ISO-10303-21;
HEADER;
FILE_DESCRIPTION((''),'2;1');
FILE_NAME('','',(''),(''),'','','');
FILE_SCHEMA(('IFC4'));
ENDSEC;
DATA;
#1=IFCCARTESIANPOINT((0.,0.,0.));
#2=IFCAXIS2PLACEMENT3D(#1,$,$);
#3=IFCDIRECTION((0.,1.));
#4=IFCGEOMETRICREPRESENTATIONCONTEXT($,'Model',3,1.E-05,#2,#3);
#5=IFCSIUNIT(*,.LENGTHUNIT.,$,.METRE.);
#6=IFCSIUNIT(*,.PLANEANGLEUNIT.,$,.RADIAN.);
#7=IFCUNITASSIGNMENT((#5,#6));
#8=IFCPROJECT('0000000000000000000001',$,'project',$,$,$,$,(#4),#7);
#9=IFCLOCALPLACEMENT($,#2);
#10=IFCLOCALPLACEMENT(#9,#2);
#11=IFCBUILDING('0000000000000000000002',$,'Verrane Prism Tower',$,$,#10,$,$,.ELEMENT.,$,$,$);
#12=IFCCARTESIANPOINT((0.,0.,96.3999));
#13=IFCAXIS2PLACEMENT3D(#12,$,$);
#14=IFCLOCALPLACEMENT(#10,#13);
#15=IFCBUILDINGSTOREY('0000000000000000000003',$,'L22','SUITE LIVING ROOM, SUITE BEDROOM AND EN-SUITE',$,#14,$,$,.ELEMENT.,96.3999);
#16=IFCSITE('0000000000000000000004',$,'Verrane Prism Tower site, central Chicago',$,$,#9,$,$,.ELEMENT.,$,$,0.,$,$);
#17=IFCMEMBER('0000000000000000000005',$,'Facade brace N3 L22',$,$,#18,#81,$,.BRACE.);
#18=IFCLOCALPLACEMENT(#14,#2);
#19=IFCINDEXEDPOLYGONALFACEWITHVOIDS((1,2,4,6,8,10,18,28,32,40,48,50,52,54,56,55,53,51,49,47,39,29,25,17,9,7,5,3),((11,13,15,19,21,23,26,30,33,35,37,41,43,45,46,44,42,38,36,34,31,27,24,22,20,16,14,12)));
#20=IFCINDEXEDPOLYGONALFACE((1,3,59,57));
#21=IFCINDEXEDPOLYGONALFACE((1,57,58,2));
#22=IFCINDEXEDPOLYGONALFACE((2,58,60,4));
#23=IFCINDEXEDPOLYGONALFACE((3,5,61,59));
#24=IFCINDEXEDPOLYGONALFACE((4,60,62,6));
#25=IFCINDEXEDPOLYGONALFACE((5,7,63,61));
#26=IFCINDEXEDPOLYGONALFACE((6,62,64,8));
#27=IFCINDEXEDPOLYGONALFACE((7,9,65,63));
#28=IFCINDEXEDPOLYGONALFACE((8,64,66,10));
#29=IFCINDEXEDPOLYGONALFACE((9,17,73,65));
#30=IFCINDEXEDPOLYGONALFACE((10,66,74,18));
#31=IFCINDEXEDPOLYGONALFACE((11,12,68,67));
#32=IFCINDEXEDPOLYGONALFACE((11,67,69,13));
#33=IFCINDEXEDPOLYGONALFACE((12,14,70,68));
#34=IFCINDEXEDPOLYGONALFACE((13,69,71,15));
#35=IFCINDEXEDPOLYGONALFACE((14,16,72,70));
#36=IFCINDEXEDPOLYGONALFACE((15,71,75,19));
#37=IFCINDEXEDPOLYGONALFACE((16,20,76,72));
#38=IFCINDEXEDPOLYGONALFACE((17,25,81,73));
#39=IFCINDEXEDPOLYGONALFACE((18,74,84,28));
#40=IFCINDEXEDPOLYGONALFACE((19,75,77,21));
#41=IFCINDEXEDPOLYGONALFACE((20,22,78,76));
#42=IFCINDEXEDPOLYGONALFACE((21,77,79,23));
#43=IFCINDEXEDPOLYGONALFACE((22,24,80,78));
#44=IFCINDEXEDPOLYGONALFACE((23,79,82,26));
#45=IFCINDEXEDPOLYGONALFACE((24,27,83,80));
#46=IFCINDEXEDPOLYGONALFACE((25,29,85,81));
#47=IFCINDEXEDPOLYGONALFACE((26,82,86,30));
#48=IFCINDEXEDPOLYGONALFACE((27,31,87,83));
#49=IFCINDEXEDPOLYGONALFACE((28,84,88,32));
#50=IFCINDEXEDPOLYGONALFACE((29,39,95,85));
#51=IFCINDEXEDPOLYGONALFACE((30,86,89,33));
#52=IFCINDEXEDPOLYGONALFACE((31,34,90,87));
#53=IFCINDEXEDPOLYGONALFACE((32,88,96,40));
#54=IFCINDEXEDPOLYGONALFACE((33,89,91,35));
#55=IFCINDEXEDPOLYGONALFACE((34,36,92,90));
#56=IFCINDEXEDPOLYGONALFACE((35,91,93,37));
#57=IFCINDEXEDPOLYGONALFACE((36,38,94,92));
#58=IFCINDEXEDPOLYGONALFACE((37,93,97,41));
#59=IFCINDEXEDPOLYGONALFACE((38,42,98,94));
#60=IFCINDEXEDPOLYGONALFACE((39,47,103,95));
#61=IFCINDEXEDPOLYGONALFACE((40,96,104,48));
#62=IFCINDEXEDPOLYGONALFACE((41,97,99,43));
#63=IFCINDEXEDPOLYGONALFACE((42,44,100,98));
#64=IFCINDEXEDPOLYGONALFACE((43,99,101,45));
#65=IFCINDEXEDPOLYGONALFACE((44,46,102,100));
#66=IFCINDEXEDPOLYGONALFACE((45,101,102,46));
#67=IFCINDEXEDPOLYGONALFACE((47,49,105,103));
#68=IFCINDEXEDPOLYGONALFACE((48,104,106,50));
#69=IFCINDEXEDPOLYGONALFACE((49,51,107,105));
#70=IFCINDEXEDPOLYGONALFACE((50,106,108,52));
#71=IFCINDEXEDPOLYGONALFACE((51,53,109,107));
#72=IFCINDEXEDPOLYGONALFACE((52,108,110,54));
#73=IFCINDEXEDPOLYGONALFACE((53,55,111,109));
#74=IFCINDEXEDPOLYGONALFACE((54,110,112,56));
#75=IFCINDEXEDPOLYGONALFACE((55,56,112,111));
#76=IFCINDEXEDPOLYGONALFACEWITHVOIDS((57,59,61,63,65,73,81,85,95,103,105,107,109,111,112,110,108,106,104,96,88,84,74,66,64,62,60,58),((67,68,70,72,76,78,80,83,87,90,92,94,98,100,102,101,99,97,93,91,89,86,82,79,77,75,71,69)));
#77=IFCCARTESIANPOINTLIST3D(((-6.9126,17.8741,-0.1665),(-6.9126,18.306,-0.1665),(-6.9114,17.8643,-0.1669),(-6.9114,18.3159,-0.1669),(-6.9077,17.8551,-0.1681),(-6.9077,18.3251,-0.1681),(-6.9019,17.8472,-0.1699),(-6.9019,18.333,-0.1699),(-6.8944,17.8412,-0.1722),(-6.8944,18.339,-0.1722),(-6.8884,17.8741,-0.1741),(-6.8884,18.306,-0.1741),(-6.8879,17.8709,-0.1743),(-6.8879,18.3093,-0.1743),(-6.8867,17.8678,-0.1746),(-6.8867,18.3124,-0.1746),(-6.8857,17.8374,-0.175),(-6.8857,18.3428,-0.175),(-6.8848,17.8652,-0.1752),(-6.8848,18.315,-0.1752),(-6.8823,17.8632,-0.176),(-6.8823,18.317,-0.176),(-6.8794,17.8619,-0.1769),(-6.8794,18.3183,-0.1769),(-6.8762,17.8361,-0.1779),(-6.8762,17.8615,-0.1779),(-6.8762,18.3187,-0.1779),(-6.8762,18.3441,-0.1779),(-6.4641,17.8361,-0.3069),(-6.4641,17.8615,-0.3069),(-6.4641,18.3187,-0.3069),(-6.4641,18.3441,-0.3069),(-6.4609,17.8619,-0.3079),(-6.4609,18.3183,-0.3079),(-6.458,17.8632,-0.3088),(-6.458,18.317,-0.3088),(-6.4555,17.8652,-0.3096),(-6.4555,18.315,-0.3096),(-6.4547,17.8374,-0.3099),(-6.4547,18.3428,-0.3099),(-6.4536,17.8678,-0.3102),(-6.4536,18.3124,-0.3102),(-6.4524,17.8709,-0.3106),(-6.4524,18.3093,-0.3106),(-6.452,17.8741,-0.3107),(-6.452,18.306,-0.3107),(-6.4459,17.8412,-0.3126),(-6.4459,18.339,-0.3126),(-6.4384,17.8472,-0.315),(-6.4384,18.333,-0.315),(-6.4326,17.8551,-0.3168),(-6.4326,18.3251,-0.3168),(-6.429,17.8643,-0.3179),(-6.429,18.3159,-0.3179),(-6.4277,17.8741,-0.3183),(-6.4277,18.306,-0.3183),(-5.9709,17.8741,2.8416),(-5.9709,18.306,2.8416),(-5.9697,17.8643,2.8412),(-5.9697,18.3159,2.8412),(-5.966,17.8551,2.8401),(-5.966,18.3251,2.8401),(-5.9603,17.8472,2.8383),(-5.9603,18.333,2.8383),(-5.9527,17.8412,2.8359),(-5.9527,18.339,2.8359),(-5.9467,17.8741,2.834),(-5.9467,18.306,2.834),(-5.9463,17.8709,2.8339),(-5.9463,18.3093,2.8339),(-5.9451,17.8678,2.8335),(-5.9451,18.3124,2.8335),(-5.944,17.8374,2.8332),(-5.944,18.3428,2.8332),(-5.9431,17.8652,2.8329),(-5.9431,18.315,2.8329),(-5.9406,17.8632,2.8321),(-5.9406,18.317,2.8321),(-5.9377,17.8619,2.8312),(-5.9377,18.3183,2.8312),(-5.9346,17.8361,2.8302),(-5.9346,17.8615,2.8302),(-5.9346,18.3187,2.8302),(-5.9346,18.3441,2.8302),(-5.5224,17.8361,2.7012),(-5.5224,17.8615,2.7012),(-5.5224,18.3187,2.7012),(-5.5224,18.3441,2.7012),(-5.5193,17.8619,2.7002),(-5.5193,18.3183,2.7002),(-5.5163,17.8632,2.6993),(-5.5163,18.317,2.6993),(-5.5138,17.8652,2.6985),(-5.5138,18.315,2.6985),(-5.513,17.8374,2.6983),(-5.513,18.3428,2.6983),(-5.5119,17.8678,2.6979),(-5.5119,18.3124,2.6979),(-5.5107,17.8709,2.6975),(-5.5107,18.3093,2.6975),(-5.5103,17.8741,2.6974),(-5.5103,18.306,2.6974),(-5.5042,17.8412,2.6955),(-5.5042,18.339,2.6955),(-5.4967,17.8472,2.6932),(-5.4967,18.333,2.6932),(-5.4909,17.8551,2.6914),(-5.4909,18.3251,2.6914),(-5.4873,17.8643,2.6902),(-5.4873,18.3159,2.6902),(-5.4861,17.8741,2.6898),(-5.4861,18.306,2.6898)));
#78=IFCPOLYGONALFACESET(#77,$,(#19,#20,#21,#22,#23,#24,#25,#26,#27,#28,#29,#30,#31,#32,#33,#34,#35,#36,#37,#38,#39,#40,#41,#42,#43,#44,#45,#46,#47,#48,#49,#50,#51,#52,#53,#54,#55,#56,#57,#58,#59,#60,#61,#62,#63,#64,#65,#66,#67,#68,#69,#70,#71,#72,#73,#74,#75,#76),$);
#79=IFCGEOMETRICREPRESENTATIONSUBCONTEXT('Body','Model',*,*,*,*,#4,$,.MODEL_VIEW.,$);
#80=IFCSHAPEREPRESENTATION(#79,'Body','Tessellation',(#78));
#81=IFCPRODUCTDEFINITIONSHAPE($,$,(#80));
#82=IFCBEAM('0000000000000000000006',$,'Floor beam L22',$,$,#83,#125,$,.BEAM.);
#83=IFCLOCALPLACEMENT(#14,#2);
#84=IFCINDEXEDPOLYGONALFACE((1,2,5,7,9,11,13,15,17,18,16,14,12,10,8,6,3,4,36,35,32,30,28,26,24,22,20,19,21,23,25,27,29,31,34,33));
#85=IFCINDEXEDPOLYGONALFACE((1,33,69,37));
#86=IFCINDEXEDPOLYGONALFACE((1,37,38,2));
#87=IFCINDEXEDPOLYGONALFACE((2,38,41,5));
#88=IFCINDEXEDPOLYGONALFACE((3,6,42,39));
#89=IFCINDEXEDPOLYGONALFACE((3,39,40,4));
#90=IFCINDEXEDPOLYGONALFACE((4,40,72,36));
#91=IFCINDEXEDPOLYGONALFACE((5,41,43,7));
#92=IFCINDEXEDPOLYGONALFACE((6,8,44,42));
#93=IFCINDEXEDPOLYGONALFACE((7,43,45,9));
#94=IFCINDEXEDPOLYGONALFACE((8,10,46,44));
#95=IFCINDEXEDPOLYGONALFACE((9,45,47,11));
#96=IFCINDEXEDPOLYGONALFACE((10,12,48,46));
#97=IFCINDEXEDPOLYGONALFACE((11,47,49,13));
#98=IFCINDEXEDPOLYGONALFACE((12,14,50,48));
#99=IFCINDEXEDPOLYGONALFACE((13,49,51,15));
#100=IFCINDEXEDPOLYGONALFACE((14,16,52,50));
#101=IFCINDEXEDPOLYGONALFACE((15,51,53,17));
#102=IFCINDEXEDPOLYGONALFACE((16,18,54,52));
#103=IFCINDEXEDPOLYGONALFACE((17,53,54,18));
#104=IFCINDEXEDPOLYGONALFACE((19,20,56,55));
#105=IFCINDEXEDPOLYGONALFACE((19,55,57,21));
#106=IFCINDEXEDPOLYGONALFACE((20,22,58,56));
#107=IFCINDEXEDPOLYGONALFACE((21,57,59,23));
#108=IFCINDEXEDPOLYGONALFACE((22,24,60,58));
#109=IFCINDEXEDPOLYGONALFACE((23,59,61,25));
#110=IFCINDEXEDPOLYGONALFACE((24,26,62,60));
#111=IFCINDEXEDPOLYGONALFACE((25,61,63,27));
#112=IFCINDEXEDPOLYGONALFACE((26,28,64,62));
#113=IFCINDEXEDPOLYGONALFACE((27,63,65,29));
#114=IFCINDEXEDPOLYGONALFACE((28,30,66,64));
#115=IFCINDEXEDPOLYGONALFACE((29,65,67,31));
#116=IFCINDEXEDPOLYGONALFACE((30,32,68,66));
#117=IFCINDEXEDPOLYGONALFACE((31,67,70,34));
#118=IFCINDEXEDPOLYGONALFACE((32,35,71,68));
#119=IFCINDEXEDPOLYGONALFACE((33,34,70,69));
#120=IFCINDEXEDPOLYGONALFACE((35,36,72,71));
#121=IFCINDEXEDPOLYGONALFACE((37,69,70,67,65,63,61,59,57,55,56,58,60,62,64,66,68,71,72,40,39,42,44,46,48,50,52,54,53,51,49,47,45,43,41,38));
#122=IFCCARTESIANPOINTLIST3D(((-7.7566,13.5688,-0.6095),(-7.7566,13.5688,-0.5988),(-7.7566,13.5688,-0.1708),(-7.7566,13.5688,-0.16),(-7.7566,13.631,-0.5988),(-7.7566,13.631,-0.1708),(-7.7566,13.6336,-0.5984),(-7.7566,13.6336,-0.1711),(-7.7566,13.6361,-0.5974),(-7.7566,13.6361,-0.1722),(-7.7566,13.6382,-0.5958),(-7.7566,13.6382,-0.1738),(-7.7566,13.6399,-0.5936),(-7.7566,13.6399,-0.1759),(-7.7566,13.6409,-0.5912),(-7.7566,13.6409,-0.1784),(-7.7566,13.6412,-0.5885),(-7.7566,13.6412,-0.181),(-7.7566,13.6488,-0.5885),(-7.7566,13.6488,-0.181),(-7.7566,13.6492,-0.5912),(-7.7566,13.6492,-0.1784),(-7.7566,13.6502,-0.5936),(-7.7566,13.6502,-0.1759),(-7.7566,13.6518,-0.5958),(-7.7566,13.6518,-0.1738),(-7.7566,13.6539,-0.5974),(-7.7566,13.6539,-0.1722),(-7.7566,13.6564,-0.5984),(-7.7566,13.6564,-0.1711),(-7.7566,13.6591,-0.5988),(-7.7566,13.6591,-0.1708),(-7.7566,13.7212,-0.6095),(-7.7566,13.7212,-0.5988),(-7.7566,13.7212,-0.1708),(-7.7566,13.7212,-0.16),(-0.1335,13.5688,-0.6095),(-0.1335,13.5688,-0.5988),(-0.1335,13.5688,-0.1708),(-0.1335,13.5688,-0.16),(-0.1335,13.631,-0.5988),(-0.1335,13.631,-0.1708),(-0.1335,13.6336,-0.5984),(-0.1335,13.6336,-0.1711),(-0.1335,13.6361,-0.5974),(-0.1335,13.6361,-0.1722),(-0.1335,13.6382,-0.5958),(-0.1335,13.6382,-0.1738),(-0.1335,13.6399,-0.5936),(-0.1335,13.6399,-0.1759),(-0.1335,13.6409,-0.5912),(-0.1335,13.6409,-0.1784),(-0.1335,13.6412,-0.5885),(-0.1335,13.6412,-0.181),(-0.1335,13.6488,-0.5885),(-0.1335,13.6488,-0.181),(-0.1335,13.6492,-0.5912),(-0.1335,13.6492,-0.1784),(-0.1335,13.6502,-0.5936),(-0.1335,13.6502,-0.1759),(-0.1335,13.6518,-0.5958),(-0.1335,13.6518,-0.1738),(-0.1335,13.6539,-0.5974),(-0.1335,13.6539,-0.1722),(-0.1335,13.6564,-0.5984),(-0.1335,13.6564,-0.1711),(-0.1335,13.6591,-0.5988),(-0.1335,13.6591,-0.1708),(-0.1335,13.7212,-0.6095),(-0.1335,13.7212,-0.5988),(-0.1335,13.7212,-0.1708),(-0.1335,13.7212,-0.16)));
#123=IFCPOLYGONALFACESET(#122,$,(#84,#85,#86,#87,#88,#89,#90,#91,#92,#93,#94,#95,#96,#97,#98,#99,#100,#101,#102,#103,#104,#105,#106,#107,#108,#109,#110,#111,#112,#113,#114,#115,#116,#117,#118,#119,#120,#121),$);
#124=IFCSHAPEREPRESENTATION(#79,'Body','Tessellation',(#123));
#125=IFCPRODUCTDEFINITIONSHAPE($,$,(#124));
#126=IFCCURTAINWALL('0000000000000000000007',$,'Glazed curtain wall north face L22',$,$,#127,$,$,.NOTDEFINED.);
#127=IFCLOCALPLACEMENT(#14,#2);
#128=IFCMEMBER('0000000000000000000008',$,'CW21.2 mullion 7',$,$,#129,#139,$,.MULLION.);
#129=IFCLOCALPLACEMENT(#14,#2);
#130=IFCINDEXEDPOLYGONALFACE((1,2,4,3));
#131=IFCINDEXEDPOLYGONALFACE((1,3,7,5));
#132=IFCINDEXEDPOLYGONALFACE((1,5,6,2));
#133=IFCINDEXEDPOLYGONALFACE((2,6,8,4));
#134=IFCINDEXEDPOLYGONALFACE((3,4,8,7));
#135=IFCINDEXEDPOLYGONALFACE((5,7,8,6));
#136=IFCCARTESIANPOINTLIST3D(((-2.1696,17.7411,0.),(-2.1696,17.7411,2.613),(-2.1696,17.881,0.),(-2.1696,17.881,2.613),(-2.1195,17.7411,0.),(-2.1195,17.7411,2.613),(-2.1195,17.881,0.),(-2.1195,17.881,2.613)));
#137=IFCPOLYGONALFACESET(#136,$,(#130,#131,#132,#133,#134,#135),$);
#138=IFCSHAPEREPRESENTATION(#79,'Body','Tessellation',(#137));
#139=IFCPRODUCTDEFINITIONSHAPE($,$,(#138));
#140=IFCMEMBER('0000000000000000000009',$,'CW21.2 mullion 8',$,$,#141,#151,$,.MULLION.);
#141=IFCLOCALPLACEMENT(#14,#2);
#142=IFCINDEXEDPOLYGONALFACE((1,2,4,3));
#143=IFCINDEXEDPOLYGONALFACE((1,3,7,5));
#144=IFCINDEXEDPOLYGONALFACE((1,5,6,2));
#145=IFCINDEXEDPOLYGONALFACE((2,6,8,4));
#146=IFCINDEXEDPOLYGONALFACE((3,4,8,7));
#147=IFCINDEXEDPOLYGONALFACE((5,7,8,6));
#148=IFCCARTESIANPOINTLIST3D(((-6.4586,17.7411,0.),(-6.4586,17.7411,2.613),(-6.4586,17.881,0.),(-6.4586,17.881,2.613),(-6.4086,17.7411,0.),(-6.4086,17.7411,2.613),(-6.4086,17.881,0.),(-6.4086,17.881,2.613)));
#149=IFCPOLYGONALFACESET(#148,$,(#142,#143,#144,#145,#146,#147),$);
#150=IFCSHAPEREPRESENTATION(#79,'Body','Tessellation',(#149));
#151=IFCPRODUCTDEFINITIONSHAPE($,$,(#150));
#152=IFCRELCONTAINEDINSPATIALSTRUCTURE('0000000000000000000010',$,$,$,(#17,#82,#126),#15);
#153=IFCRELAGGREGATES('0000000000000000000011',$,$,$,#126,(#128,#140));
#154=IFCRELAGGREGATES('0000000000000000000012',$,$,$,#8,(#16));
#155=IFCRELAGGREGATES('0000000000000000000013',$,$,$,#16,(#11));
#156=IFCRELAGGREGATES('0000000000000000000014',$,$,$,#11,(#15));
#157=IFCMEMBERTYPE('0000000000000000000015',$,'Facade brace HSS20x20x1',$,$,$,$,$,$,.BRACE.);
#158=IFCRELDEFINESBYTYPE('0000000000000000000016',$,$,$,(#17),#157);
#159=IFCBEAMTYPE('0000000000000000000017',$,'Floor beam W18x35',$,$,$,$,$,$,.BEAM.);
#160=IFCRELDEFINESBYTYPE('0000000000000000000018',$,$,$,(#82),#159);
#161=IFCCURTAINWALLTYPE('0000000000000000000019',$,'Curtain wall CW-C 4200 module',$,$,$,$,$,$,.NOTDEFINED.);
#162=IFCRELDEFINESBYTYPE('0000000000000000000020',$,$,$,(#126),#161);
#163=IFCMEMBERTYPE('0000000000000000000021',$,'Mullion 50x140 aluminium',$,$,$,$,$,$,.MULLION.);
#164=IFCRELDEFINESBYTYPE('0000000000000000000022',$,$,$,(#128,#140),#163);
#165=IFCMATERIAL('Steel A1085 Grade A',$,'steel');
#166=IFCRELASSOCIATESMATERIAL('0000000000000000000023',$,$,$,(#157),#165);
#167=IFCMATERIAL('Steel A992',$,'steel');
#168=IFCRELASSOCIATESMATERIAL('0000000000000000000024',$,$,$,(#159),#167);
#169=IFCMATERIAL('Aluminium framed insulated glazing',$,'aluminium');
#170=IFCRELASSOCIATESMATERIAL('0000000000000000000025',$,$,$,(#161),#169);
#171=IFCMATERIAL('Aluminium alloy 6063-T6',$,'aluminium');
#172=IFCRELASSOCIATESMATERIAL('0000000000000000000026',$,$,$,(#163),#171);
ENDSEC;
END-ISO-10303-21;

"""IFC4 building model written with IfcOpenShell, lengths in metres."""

from ifc_helpers import new_model, si_unit, direction, frame, origin, origin_2d, place, context, subcontext, project, spatial, rectangle, hollow_rectangle, i_section, extrude, material, material_profile, profile_set, type_object, element, aggregate, save


model = new_model("IFC4")

# Units and contexts
model_context = context("Model", 3, precision=1e-05, world=origin(), true_north=direction((0.0, 1.0)))
body_context = subcontext(model_context, "Body", "Model", "MODEL_VIEW")
ifc_project = project(units=[si_unit("LENGTHUNIT", "METRE"), si_unit("PLANEANGLEUNIT", "RADIAN")], contexts=[model_context])

# Site, building, storey
site_placement = place(None, origin())
site = spatial("IfcSite", under=ifc_project, at=site_placement, Name="Verrane Prism Tower site, central Chicago", CompositionType="ELEMENT", RefElevation=0.0)
building_placement = place(site_placement, origin())
building = spatial("IfcBuilding", under=site, at=building_placement, Name="Verrane Prism Tower", CompositionType="ELEMENT")
storey_placement = place(building_placement, frame((0.0, 0.0, 96.3999)))
storey = spatial("IfcBuildingStorey", under=building, at=storey_placement, Name="L22", Description="SUITE LIVING ROOM, SUITE BEDROOM AND EN-SUITE", CompositionType="ELEMENT", Elevation=96.3999)

# Member
ifc_material_1 = material(Name="Steel A1085 Grade A", Category="steel")
ifc_material_profile_1 = material_profile(ifc_material_1, hollow_rectangle(XDim=0.5081, YDim=0.5081, WallThickness=0.0254, InnerFilletRadius=0.0127, OuterFilletRadius=0.0381, at=origin_2d()), Name="HSS20x20x1")
ifc_profile_set_1 = profile_set([ifc_material_profile_1], Name="Steel A1085 Grade A")
member_type_1 = type_object("IfcMemberType", Name="Facade brace HSS20x20x1", PredefinedType="BRACE", material=ifc_profile_set_1)
member_1_placement = place(storey_placement, frame((-6.6702, 18.0901, -0.2424), z_axis=(0.298747, 0.0, 0.954332), x_axis=(0.0, 1.0, 0.0)))
element("IfcMember", 1, at=member_1_placement, inside=storey, type_object=member_type_1, Name="Facade brace N3 L22", PredefinedType="BRACE", context=body_context, shape_type="SweptSolid", body=[
    extrude(hollow_rectangle(XDim=0.5081, YDim=0.5081, WallThickness=0.0254, InnerFilletRadius=0.0127, OuterFilletRadius=0.0381, at=origin_2d()), origin(), (0.0, 0.0, 1.0), 3.1521),
])

# Beam
ifc_material_2 = material(Name="Steel A992", Category="steel")
ifc_material_profile_2 = material_profile(ifc_material_2, i_section(OverallWidth=0.1523, OverallDepth=0.4495, WebThickness=0.0076, FlangeThickness=0.0107, FilletRadius=0.0103, at=origin_2d()), Name="W18x35")
ifc_profile_set_2 = profile_set([ifc_material_profile_2], Name="Steel A992")
beam_type_1 = type_object("IfcBeamType", Name="Floor beam W18x35", PredefinedType="BEAM", material=ifc_profile_set_2)
beam_1_placement = place(storey_placement, frame((-7.7566, 13.645, -0.3848), z_axis=(1.0, 0.0, 0.0), x_axis=(0.0, 1.0, 0.0)))
element("IfcBeam", 2, at=beam_1_placement, inside=storey, type_object=beam_type_1, Name="Floor beam L22", PredefinedType="BEAM", context=body_context, shape_type="SweptSolid", body=[
    extrude(i_section(OverallWidth=0.1523, OverallDepth=0.4495, WebThickness=0.0076, FlangeThickness=0.0107, FilletRadius=0.0103, at=origin_2d()), origin(), (0.0, 0.0, 1.0), 7.623),
])

# Curtain wall, members
ifc_material_3 = material(Name="Aluminium framed insulated glazing", Category="aluminium")
curtain_wall_type = type_object("IfcCurtainWallType", Name="Curtain wall CW-C 4200 module", PredefinedType="NOTDEFINED", material=ifc_material_3)
curtain_wall_placement = place(storey_placement, origin())
curtain_wall = element("IfcCurtainWall", 3, at=curtain_wall_placement, inside=storey, type_object=curtain_wall_type, Name="Glazed curtain wall north face L22", PredefinedType="NOTDEFINED")
ifc_material_4 = material(Name="Aluminium alloy 6063-T6", Category="aluminium")
ifc_material_profile_3 = material_profile(ifc_material_4, rectangle(XDim=0.1399, YDim=0.05, at=origin_2d()), Name="Mullion 50x140 aluminium")
ifc_profile_set_3 = profile_set([ifc_material_profile_3], Name="Aluminium alloy 6063-T6")
member_type_2 = type_object("IfcMemberType", Name="Mullion 50x140 aluminium", PredefinedType="MULLION", material=ifc_profile_set_3)
member_2_placement = place(storey_placement, frame((-2.1445, 17.811, 0.0), z_axis=(0.0, 0.0, 1.0), x_axis=(0.0, -1.0, 0.0)))
member_2 = element("IfcMember", 4, at=member_2_placement, type_object=member_type_2, Name="CW21.2 mullion 7", PredefinedType="MULLION", context=body_context, shape_type="SweptSolid", body=[
    extrude(rectangle(XDim=0.1399, YDim=0.05, at=origin_2d()), origin(), (0.0, 0.0, 1.0), 2.613),
])
member_3_placement = place(storey_placement, frame((-6.4336, 17.811, 0.0), z_axis=(0.0, 0.0, 1.0), x_axis=(0.0, -1.0, 0.0)))
member_3 = element("IfcMember", 5, at=member_3_placement, type_object=member_type_2, Name="CW21.2 mullion 8", PredefinedType="MULLION", context=body_context, shape_type="SweptSolid", body=[
    extrude(rectangle(XDim=0.1399, YDim=0.05, at=origin_2d()), origin(), (0.0, 0.0, 1.0), 2.613),
])

aggregate(curtain_wall, [member_2, member_3])

save(model, "model.ifc")
